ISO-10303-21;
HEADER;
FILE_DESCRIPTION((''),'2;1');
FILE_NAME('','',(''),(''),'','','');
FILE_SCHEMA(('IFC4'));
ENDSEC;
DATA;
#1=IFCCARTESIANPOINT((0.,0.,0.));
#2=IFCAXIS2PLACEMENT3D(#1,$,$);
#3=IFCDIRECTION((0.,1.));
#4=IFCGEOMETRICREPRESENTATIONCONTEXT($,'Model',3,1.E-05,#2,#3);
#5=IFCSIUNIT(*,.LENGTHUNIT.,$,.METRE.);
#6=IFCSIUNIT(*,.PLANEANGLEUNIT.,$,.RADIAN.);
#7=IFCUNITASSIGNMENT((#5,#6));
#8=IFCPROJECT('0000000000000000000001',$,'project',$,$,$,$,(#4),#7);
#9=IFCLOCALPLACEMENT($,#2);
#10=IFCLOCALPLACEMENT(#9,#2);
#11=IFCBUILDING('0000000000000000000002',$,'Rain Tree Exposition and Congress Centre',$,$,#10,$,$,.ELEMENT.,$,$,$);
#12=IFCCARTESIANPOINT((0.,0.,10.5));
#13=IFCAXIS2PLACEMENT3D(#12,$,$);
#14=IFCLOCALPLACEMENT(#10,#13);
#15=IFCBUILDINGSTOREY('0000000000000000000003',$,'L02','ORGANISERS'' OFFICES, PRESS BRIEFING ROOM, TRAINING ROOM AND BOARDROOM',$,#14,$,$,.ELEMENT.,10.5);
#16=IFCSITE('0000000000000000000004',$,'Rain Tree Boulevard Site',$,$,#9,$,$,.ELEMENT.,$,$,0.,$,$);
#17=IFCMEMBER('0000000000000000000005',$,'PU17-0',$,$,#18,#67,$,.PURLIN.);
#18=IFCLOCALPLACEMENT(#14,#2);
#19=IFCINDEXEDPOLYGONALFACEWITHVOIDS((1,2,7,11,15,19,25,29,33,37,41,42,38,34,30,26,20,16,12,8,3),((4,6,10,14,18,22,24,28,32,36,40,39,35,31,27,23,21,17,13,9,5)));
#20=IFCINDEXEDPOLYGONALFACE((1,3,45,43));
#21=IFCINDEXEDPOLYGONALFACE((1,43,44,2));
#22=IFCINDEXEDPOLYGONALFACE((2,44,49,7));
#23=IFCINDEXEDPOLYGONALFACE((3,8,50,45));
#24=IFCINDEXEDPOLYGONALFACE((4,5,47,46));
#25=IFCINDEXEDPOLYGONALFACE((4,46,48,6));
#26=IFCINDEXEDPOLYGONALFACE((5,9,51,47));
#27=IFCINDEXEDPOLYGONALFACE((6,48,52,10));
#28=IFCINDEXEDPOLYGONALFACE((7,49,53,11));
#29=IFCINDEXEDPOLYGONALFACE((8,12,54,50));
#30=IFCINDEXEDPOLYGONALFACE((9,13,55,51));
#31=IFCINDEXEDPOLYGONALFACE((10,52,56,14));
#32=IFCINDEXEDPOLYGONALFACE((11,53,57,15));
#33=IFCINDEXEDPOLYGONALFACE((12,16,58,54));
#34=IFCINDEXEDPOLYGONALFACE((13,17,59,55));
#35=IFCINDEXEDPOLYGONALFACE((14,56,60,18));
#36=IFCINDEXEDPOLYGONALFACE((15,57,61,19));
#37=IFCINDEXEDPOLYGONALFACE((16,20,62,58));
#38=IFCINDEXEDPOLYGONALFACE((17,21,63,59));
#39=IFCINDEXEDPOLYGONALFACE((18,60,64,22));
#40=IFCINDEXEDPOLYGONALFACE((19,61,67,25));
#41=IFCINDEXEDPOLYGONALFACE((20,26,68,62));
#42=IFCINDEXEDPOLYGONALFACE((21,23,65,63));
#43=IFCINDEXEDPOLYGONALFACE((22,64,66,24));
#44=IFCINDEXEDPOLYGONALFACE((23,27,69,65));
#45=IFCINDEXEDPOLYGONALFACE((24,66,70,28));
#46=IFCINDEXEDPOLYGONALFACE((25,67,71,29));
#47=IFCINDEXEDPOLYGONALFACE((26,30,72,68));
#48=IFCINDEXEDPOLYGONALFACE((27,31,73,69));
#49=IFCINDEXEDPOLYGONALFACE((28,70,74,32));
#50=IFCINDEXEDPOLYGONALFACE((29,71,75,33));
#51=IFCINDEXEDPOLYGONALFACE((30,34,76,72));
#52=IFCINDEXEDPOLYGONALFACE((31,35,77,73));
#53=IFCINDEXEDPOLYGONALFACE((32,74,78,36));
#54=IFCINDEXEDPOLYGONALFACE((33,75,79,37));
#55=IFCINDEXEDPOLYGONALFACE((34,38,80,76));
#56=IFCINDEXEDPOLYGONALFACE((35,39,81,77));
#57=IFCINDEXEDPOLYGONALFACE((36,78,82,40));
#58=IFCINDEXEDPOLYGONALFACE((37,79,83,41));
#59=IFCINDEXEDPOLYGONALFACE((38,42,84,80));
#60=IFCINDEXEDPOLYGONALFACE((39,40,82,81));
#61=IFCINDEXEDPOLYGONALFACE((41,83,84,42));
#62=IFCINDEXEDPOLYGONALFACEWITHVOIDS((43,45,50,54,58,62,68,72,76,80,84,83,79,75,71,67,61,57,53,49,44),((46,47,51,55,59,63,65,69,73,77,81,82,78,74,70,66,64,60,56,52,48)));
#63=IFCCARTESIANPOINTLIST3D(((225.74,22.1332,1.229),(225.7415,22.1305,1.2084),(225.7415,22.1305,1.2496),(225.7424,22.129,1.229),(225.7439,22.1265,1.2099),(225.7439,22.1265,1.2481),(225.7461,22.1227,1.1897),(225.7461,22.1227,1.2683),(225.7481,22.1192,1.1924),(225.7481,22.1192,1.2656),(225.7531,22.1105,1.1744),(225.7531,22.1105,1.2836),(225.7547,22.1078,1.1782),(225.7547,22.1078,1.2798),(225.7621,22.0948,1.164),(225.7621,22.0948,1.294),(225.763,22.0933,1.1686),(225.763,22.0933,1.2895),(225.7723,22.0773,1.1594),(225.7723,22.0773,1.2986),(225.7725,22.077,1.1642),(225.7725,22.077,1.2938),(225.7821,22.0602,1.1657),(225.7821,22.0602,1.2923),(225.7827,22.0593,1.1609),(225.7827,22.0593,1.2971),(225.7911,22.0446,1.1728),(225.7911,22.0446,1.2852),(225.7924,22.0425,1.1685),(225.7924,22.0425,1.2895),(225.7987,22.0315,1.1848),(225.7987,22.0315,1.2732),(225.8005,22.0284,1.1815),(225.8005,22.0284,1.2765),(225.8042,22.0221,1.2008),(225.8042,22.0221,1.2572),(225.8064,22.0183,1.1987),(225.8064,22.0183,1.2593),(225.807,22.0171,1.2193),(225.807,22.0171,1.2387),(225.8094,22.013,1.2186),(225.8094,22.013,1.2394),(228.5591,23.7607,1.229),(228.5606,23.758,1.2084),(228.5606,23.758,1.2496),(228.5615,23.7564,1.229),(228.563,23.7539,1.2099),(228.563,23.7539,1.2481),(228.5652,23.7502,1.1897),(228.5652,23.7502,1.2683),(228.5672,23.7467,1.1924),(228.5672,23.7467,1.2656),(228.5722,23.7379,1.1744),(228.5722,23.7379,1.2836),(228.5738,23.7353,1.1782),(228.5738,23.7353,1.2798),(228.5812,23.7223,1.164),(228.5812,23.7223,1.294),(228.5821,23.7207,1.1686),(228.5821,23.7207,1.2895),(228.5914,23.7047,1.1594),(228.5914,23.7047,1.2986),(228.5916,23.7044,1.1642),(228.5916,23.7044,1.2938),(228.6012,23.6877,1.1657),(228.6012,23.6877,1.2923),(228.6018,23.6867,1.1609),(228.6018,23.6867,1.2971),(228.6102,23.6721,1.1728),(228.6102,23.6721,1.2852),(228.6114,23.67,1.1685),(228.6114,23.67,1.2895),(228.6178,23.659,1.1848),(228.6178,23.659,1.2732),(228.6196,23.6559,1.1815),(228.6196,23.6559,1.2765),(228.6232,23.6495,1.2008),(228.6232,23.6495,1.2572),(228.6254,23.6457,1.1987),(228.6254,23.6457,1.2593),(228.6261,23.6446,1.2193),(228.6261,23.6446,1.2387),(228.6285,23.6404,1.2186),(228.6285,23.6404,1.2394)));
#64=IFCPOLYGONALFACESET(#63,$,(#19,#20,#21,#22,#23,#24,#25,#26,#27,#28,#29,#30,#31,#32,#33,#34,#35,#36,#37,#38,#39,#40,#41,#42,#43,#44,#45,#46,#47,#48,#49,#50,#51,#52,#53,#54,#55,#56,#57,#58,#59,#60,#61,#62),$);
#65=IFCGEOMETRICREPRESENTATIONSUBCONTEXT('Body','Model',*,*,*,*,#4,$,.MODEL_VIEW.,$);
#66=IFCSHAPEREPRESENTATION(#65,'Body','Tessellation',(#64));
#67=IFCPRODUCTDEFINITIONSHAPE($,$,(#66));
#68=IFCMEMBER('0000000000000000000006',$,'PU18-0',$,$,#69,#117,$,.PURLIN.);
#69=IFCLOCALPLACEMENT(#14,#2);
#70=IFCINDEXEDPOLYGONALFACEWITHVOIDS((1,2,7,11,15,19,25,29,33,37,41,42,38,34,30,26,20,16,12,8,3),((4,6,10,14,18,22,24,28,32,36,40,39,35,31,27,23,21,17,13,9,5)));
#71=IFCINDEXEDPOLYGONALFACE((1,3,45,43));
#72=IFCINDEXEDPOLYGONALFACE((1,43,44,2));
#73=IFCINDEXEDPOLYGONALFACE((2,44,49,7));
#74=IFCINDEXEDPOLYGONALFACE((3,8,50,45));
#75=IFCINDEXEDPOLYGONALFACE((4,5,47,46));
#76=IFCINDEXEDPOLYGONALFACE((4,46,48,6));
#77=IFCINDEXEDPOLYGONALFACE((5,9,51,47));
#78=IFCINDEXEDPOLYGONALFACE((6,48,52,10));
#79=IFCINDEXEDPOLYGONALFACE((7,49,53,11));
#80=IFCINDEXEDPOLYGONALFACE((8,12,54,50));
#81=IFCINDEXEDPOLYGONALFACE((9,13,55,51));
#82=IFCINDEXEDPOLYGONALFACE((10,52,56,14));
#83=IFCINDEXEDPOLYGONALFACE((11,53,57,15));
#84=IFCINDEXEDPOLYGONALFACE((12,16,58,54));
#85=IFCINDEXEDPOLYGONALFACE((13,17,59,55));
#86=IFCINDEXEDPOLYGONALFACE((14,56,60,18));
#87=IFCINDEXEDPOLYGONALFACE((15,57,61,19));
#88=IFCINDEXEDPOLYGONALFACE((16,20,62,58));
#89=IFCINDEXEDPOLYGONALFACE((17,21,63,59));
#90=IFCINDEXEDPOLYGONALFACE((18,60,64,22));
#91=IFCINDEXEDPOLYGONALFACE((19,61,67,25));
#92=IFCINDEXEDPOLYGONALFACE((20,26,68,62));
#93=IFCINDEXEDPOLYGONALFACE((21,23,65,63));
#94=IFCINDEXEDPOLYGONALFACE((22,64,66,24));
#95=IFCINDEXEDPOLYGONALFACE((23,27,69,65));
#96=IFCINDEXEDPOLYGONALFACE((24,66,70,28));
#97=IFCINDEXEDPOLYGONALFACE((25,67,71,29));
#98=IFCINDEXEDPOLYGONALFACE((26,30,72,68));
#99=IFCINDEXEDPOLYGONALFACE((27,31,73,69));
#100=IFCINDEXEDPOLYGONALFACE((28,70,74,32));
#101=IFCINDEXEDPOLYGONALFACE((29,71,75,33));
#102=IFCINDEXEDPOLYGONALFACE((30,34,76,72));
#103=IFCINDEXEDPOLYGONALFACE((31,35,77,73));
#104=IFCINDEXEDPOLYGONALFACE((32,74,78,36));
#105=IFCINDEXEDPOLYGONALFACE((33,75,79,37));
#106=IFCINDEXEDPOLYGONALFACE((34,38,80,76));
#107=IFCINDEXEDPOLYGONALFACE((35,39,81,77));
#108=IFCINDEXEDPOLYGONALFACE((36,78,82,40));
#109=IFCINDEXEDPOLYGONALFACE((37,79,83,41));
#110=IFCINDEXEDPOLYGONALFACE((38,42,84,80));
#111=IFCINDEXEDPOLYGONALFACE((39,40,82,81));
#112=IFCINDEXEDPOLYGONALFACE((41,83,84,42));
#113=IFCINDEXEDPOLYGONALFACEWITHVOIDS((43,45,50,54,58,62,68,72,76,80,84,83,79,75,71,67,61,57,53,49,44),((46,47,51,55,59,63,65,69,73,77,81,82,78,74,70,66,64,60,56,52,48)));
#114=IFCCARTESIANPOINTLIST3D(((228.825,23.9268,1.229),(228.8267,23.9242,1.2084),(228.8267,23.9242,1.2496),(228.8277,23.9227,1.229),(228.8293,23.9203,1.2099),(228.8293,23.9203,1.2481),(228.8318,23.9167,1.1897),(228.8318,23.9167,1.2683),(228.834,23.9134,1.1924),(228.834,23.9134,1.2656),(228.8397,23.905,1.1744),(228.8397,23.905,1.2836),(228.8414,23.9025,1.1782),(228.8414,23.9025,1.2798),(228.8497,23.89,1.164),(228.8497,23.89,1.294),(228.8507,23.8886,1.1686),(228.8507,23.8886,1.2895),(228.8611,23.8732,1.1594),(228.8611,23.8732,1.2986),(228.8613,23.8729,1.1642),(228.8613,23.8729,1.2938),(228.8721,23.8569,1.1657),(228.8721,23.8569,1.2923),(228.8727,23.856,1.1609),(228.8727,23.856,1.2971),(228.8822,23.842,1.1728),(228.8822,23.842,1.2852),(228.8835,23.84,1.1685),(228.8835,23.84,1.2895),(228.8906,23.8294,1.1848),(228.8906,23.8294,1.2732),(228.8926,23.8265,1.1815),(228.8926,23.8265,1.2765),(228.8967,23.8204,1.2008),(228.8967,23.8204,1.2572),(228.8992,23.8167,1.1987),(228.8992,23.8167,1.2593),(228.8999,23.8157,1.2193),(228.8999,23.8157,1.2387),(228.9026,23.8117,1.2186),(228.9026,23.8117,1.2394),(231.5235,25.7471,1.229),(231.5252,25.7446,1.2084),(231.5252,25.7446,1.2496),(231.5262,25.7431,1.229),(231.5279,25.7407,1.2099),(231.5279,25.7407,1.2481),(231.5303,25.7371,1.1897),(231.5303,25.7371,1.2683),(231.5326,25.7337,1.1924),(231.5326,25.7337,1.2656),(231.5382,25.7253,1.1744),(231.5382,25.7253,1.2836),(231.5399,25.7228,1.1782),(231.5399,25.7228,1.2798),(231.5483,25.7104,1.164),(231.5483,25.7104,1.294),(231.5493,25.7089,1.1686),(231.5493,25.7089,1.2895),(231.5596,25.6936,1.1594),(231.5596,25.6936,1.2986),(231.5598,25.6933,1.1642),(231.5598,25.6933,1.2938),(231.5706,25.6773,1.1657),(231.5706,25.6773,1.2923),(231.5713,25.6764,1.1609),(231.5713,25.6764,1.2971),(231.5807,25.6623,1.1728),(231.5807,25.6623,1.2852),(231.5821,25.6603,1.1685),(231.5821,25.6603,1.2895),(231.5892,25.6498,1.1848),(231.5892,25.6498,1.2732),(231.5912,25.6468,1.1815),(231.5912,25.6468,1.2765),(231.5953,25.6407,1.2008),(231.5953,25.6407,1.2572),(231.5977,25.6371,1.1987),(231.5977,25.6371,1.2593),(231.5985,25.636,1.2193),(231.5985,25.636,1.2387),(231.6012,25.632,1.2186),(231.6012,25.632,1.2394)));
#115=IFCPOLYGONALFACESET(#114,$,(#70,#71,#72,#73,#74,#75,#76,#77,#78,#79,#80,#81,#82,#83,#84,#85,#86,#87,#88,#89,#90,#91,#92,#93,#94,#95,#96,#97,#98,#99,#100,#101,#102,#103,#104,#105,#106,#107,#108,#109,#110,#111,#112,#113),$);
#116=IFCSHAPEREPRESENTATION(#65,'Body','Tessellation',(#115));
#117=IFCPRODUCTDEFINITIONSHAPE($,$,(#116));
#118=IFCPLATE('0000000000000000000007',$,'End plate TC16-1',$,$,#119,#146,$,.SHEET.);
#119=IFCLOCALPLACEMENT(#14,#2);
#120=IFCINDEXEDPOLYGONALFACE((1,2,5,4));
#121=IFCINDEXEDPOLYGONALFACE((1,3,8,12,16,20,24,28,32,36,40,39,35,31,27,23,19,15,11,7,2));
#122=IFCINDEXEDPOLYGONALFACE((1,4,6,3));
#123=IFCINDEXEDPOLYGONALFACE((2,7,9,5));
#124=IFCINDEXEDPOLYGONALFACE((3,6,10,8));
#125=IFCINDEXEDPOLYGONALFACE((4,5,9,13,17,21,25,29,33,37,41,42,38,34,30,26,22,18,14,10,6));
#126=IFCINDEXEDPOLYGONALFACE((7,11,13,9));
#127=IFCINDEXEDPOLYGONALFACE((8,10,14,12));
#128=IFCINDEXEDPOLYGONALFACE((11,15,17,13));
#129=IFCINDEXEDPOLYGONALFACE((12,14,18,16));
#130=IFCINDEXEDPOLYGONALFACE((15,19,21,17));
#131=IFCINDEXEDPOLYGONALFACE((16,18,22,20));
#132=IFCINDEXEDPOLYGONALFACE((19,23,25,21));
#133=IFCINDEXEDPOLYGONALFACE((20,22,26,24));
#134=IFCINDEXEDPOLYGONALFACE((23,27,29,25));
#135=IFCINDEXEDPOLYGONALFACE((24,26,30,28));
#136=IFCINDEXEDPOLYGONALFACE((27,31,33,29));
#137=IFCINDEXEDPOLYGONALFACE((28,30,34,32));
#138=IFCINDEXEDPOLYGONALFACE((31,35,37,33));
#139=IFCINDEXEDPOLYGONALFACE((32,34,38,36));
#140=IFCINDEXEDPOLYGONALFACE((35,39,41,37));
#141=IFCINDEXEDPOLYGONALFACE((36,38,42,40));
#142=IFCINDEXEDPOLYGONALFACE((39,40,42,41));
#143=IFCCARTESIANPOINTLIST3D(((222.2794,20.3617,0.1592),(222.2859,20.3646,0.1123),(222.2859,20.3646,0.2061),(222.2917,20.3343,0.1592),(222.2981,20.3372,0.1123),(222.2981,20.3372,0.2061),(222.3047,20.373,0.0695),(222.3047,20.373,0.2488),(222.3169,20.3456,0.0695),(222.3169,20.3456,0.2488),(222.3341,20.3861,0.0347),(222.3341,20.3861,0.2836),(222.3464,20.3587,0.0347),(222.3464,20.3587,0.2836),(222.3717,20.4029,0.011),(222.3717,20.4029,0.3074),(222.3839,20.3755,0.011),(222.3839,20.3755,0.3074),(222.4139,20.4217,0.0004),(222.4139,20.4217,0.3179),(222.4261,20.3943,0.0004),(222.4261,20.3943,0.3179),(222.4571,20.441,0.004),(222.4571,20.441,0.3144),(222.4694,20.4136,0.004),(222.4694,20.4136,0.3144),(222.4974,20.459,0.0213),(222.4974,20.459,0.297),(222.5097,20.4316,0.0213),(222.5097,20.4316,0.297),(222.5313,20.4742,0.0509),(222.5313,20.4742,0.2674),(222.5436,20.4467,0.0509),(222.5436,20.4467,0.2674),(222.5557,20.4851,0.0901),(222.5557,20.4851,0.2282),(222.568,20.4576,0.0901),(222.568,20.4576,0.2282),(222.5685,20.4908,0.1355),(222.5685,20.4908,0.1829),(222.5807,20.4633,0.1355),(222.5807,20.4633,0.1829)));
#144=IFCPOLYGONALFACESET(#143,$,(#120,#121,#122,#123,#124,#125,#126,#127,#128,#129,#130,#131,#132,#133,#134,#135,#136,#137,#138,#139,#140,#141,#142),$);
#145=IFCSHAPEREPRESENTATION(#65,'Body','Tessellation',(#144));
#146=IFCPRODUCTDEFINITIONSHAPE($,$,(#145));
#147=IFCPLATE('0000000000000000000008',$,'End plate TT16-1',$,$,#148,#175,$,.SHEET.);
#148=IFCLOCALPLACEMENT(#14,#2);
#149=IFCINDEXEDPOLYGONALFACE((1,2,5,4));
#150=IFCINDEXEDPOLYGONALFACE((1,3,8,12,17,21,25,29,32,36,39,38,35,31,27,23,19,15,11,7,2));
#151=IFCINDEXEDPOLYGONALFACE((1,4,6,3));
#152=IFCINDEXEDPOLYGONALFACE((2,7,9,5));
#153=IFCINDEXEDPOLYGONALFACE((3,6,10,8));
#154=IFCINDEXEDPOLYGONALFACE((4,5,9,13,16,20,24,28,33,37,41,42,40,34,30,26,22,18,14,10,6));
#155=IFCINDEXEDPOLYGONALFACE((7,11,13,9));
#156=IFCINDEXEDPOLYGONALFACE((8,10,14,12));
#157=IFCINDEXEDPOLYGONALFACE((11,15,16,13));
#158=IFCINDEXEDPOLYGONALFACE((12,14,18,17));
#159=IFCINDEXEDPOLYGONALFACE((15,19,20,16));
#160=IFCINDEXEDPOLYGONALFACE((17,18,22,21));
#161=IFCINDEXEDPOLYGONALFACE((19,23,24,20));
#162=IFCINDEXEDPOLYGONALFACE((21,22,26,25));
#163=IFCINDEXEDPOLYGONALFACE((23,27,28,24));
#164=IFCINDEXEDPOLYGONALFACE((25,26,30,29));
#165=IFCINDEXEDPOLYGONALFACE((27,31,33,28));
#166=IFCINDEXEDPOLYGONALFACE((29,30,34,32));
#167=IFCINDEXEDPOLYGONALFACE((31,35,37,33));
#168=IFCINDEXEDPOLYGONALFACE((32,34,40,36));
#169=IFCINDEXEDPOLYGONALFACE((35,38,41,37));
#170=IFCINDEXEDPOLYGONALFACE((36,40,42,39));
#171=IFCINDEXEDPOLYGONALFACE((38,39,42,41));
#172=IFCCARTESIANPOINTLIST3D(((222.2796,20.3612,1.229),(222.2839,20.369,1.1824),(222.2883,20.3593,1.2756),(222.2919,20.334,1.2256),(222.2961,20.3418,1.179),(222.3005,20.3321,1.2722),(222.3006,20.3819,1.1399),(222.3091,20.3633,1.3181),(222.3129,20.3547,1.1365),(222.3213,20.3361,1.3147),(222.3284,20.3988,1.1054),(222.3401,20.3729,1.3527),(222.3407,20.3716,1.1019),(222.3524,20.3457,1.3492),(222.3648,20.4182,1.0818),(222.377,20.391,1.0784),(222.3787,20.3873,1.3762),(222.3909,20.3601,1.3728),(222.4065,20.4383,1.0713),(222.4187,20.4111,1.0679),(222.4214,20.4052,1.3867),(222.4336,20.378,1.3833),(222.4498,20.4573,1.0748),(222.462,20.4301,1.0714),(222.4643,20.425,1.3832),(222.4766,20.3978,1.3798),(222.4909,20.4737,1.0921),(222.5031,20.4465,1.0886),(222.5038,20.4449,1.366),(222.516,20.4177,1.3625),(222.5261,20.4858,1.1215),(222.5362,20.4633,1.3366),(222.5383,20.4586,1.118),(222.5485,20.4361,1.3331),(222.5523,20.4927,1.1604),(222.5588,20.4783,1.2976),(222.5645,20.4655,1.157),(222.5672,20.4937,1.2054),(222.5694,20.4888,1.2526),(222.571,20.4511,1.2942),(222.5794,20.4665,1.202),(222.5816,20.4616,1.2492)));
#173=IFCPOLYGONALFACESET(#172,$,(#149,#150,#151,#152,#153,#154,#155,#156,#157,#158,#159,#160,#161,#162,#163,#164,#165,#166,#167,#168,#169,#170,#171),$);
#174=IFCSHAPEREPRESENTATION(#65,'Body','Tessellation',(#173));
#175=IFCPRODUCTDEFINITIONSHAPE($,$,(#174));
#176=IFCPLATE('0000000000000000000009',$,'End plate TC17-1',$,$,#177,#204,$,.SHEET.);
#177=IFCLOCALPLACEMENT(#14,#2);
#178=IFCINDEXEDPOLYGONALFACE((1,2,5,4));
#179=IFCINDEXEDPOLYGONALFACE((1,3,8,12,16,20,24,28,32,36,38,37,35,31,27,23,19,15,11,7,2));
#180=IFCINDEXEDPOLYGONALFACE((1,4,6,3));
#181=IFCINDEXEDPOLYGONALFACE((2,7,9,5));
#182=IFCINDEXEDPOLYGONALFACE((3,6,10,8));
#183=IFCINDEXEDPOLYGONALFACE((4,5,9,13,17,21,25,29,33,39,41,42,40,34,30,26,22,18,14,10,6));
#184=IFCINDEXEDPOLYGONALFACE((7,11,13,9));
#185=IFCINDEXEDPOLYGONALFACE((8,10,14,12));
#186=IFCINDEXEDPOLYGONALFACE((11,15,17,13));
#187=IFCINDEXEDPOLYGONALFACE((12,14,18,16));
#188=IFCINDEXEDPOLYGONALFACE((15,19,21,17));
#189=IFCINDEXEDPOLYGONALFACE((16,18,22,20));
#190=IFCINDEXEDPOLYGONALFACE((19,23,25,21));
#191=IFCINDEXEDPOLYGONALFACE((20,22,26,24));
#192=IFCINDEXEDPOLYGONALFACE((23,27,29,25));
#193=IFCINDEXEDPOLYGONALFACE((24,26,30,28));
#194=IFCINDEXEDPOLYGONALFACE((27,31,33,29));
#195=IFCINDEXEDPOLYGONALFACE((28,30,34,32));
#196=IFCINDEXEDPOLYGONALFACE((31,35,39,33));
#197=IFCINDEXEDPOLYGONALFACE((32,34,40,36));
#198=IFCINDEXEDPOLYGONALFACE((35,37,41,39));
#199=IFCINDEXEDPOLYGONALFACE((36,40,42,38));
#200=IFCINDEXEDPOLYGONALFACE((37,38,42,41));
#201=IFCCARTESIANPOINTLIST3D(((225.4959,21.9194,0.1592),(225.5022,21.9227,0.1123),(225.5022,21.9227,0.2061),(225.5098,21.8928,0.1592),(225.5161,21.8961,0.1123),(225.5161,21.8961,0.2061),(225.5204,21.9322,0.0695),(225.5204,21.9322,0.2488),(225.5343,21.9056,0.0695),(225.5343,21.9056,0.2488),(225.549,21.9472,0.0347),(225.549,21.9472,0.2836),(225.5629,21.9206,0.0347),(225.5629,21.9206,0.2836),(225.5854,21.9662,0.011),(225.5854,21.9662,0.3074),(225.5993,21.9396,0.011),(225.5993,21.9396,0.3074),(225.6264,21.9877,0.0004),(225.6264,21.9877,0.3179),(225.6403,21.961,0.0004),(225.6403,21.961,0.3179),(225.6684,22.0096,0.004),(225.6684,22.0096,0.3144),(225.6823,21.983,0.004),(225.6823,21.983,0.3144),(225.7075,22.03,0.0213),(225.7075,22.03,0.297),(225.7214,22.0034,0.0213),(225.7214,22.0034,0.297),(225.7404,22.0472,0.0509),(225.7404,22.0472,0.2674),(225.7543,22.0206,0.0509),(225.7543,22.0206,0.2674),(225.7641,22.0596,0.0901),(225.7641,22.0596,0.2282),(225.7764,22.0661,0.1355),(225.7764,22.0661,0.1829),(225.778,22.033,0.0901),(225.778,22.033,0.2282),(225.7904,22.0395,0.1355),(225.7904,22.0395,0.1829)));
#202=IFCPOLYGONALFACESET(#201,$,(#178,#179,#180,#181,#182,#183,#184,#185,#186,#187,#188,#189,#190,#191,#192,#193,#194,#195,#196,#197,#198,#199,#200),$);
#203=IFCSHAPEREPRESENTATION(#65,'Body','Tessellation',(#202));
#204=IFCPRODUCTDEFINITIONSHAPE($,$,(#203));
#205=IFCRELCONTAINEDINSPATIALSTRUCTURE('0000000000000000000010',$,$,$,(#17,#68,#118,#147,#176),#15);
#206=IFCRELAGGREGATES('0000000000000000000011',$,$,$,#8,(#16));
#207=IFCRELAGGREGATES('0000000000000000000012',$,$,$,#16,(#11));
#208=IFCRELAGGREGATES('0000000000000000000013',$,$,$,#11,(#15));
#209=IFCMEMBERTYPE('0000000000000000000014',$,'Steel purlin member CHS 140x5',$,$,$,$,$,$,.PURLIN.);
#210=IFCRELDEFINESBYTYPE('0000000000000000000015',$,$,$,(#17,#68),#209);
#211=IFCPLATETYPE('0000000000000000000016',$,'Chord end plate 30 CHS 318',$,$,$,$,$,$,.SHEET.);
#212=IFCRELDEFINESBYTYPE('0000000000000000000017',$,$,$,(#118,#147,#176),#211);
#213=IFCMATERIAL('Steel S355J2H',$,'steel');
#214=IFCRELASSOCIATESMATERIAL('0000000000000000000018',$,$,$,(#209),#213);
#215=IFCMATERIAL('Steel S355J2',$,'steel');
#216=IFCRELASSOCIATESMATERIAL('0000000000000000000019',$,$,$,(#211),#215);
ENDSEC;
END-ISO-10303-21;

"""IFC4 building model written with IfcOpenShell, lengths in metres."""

from ifc_helpers import new_model, si_unit, direction, frame, origin, origin_2d, place, context, subcontext, project, spatial, circle, hollow_circle, extrude, material, material_profile, profile_set, type_object, element, save


model = new_model("IFC4")

# Units and contexts
model_context = context("Model", 3, precision=1e-05, world=origin(), true_north=direction((0.0, 1.0)))
body_context = subcontext(model_context, "Body", "Model", "MODEL_VIEW")
ifc_project = project(units=[si_unit("LENGTHUNIT", "METRE"), si_unit("PLANEANGLEUNIT", "RADIAN")], contexts=[model_context])

# Site, building, storey
site_placement = place(None, origin())
site = spatial("IfcSite", under=ifc_project, at=site_placement, Name="Rain Tree Boulevard Site", CompositionType="ELEMENT", RefElevation=0.0)
building_placement = place(site_placement, origin())
building = spatial("IfcBuilding", under=site, at=building_placement, Name="Rain Tree Exposition and Congress Centre", CompositionType="ELEMENT")
storey_placement = place(building_placement, frame((0.0, 0.0, 10.5)))
storey = spatial("IfcBuildingStorey", under=building, at=storey_placement, Name="L02", Description="ORGANISERS' OFFICES, PRESS BRIEFING ROOM, TRAINING ROOM AND BOARDROOM", CompositionType="ELEMENT", Elevation=10.5)

# Members
ifc_material_1 = material(Name="Steel S355J2H", Category="steel")
ifc_material_profile_1 = material_profile(ifc_material_1, hollow_circle(Radius=0.0698, WallThickness=0.0049, at=origin_2d()), Name="CHS 140x5")
ifc_profile_set_1 = profile_set([ifc_material_profile_1], Name="Steel S355J2H")
member_type_1 = type_object("IfcMemberType", Name="Steel purlin member CHS 140x5", PredefinedType="PURLIN", material=ifc_profile_set_1)
for number, where, z_axis, x_axis, name in (
    (1, (225.7749, 22.0728, 1.229), (0.866047, 0.499963, 0.0), (-0.499963, 0.866047, 0.0), "PU17-0"),
    (2, (228.864, 23.8689, 1.229), (0.829015, 0.559227, 0.0), (-0.559227, 0.829015, 0.0), "PU18-0"),
):
    element("IfcMember", number, at=place(storey_placement, frame(where, z_axis=z_axis, x_axis=x_axis)), inside=storey, type_object=member_type_1, Name=name, PredefinedType="PURLIN", context=body_context, shape_type="SweptSolid", body=[
        extrude(hollow_circle(Radius=0.0698, WallThickness=0.0049, at=origin_2d()), origin(), (0.0, 0.0, 1.0), 3.2551),
    ])

# Plates
ifc_material_2 = material(Name="Steel S355J2", Category="steel")
ifc_material_profile_2 = material_profile(ifc_material_2, circle(Radius=0.1592, at=origin_2d()), Name="CIRCLE 318")
ifc_profile_set_2 = profile_set([ifc_material_profile_2], Name="Steel S355J2")
plate_type = type_object("IfcPlateType", Name="Chord end plate 30 CHS 318", PredefinedType="SHEET", material=ifc_profile_set_2)
for number, where, z_axis, x_axis, name in (
    (3, (222.437, 20.3992, 0.1592), (-0.407651, 0.913138, 0.0), (-0.913138, -0.407651, 0.0), "End plate TC16-1"),
    (4, (222.437, 20.3994, 1.2256), (-0.408017, 0.905798, 0.114245), (-0.911768, -0.410706, 0.0), "End plate TT16-1"),
    (5, (225.6509, 21.9666, 0.1592), (-0.463399, 0.88615, 0.0), (-0.88615, -0.463399, 0.0), "End plate TC17-1"),
):
    element("IfcPlate", number, at=place(storey_placement, frame(where, z_axis=z_axis, x_axis=x_axis)), inside=storey, type_object=plate_type, Name=name, PredefinedType="SHEET", context=body_context, shape_type="SweptSolid", body=[
        extrude(circle(Radius=0.1592, at=origin_2d()), origin(), (0.0, 0.0, 1.0), 0.03),
    ])

save(model, "model.ifc")
